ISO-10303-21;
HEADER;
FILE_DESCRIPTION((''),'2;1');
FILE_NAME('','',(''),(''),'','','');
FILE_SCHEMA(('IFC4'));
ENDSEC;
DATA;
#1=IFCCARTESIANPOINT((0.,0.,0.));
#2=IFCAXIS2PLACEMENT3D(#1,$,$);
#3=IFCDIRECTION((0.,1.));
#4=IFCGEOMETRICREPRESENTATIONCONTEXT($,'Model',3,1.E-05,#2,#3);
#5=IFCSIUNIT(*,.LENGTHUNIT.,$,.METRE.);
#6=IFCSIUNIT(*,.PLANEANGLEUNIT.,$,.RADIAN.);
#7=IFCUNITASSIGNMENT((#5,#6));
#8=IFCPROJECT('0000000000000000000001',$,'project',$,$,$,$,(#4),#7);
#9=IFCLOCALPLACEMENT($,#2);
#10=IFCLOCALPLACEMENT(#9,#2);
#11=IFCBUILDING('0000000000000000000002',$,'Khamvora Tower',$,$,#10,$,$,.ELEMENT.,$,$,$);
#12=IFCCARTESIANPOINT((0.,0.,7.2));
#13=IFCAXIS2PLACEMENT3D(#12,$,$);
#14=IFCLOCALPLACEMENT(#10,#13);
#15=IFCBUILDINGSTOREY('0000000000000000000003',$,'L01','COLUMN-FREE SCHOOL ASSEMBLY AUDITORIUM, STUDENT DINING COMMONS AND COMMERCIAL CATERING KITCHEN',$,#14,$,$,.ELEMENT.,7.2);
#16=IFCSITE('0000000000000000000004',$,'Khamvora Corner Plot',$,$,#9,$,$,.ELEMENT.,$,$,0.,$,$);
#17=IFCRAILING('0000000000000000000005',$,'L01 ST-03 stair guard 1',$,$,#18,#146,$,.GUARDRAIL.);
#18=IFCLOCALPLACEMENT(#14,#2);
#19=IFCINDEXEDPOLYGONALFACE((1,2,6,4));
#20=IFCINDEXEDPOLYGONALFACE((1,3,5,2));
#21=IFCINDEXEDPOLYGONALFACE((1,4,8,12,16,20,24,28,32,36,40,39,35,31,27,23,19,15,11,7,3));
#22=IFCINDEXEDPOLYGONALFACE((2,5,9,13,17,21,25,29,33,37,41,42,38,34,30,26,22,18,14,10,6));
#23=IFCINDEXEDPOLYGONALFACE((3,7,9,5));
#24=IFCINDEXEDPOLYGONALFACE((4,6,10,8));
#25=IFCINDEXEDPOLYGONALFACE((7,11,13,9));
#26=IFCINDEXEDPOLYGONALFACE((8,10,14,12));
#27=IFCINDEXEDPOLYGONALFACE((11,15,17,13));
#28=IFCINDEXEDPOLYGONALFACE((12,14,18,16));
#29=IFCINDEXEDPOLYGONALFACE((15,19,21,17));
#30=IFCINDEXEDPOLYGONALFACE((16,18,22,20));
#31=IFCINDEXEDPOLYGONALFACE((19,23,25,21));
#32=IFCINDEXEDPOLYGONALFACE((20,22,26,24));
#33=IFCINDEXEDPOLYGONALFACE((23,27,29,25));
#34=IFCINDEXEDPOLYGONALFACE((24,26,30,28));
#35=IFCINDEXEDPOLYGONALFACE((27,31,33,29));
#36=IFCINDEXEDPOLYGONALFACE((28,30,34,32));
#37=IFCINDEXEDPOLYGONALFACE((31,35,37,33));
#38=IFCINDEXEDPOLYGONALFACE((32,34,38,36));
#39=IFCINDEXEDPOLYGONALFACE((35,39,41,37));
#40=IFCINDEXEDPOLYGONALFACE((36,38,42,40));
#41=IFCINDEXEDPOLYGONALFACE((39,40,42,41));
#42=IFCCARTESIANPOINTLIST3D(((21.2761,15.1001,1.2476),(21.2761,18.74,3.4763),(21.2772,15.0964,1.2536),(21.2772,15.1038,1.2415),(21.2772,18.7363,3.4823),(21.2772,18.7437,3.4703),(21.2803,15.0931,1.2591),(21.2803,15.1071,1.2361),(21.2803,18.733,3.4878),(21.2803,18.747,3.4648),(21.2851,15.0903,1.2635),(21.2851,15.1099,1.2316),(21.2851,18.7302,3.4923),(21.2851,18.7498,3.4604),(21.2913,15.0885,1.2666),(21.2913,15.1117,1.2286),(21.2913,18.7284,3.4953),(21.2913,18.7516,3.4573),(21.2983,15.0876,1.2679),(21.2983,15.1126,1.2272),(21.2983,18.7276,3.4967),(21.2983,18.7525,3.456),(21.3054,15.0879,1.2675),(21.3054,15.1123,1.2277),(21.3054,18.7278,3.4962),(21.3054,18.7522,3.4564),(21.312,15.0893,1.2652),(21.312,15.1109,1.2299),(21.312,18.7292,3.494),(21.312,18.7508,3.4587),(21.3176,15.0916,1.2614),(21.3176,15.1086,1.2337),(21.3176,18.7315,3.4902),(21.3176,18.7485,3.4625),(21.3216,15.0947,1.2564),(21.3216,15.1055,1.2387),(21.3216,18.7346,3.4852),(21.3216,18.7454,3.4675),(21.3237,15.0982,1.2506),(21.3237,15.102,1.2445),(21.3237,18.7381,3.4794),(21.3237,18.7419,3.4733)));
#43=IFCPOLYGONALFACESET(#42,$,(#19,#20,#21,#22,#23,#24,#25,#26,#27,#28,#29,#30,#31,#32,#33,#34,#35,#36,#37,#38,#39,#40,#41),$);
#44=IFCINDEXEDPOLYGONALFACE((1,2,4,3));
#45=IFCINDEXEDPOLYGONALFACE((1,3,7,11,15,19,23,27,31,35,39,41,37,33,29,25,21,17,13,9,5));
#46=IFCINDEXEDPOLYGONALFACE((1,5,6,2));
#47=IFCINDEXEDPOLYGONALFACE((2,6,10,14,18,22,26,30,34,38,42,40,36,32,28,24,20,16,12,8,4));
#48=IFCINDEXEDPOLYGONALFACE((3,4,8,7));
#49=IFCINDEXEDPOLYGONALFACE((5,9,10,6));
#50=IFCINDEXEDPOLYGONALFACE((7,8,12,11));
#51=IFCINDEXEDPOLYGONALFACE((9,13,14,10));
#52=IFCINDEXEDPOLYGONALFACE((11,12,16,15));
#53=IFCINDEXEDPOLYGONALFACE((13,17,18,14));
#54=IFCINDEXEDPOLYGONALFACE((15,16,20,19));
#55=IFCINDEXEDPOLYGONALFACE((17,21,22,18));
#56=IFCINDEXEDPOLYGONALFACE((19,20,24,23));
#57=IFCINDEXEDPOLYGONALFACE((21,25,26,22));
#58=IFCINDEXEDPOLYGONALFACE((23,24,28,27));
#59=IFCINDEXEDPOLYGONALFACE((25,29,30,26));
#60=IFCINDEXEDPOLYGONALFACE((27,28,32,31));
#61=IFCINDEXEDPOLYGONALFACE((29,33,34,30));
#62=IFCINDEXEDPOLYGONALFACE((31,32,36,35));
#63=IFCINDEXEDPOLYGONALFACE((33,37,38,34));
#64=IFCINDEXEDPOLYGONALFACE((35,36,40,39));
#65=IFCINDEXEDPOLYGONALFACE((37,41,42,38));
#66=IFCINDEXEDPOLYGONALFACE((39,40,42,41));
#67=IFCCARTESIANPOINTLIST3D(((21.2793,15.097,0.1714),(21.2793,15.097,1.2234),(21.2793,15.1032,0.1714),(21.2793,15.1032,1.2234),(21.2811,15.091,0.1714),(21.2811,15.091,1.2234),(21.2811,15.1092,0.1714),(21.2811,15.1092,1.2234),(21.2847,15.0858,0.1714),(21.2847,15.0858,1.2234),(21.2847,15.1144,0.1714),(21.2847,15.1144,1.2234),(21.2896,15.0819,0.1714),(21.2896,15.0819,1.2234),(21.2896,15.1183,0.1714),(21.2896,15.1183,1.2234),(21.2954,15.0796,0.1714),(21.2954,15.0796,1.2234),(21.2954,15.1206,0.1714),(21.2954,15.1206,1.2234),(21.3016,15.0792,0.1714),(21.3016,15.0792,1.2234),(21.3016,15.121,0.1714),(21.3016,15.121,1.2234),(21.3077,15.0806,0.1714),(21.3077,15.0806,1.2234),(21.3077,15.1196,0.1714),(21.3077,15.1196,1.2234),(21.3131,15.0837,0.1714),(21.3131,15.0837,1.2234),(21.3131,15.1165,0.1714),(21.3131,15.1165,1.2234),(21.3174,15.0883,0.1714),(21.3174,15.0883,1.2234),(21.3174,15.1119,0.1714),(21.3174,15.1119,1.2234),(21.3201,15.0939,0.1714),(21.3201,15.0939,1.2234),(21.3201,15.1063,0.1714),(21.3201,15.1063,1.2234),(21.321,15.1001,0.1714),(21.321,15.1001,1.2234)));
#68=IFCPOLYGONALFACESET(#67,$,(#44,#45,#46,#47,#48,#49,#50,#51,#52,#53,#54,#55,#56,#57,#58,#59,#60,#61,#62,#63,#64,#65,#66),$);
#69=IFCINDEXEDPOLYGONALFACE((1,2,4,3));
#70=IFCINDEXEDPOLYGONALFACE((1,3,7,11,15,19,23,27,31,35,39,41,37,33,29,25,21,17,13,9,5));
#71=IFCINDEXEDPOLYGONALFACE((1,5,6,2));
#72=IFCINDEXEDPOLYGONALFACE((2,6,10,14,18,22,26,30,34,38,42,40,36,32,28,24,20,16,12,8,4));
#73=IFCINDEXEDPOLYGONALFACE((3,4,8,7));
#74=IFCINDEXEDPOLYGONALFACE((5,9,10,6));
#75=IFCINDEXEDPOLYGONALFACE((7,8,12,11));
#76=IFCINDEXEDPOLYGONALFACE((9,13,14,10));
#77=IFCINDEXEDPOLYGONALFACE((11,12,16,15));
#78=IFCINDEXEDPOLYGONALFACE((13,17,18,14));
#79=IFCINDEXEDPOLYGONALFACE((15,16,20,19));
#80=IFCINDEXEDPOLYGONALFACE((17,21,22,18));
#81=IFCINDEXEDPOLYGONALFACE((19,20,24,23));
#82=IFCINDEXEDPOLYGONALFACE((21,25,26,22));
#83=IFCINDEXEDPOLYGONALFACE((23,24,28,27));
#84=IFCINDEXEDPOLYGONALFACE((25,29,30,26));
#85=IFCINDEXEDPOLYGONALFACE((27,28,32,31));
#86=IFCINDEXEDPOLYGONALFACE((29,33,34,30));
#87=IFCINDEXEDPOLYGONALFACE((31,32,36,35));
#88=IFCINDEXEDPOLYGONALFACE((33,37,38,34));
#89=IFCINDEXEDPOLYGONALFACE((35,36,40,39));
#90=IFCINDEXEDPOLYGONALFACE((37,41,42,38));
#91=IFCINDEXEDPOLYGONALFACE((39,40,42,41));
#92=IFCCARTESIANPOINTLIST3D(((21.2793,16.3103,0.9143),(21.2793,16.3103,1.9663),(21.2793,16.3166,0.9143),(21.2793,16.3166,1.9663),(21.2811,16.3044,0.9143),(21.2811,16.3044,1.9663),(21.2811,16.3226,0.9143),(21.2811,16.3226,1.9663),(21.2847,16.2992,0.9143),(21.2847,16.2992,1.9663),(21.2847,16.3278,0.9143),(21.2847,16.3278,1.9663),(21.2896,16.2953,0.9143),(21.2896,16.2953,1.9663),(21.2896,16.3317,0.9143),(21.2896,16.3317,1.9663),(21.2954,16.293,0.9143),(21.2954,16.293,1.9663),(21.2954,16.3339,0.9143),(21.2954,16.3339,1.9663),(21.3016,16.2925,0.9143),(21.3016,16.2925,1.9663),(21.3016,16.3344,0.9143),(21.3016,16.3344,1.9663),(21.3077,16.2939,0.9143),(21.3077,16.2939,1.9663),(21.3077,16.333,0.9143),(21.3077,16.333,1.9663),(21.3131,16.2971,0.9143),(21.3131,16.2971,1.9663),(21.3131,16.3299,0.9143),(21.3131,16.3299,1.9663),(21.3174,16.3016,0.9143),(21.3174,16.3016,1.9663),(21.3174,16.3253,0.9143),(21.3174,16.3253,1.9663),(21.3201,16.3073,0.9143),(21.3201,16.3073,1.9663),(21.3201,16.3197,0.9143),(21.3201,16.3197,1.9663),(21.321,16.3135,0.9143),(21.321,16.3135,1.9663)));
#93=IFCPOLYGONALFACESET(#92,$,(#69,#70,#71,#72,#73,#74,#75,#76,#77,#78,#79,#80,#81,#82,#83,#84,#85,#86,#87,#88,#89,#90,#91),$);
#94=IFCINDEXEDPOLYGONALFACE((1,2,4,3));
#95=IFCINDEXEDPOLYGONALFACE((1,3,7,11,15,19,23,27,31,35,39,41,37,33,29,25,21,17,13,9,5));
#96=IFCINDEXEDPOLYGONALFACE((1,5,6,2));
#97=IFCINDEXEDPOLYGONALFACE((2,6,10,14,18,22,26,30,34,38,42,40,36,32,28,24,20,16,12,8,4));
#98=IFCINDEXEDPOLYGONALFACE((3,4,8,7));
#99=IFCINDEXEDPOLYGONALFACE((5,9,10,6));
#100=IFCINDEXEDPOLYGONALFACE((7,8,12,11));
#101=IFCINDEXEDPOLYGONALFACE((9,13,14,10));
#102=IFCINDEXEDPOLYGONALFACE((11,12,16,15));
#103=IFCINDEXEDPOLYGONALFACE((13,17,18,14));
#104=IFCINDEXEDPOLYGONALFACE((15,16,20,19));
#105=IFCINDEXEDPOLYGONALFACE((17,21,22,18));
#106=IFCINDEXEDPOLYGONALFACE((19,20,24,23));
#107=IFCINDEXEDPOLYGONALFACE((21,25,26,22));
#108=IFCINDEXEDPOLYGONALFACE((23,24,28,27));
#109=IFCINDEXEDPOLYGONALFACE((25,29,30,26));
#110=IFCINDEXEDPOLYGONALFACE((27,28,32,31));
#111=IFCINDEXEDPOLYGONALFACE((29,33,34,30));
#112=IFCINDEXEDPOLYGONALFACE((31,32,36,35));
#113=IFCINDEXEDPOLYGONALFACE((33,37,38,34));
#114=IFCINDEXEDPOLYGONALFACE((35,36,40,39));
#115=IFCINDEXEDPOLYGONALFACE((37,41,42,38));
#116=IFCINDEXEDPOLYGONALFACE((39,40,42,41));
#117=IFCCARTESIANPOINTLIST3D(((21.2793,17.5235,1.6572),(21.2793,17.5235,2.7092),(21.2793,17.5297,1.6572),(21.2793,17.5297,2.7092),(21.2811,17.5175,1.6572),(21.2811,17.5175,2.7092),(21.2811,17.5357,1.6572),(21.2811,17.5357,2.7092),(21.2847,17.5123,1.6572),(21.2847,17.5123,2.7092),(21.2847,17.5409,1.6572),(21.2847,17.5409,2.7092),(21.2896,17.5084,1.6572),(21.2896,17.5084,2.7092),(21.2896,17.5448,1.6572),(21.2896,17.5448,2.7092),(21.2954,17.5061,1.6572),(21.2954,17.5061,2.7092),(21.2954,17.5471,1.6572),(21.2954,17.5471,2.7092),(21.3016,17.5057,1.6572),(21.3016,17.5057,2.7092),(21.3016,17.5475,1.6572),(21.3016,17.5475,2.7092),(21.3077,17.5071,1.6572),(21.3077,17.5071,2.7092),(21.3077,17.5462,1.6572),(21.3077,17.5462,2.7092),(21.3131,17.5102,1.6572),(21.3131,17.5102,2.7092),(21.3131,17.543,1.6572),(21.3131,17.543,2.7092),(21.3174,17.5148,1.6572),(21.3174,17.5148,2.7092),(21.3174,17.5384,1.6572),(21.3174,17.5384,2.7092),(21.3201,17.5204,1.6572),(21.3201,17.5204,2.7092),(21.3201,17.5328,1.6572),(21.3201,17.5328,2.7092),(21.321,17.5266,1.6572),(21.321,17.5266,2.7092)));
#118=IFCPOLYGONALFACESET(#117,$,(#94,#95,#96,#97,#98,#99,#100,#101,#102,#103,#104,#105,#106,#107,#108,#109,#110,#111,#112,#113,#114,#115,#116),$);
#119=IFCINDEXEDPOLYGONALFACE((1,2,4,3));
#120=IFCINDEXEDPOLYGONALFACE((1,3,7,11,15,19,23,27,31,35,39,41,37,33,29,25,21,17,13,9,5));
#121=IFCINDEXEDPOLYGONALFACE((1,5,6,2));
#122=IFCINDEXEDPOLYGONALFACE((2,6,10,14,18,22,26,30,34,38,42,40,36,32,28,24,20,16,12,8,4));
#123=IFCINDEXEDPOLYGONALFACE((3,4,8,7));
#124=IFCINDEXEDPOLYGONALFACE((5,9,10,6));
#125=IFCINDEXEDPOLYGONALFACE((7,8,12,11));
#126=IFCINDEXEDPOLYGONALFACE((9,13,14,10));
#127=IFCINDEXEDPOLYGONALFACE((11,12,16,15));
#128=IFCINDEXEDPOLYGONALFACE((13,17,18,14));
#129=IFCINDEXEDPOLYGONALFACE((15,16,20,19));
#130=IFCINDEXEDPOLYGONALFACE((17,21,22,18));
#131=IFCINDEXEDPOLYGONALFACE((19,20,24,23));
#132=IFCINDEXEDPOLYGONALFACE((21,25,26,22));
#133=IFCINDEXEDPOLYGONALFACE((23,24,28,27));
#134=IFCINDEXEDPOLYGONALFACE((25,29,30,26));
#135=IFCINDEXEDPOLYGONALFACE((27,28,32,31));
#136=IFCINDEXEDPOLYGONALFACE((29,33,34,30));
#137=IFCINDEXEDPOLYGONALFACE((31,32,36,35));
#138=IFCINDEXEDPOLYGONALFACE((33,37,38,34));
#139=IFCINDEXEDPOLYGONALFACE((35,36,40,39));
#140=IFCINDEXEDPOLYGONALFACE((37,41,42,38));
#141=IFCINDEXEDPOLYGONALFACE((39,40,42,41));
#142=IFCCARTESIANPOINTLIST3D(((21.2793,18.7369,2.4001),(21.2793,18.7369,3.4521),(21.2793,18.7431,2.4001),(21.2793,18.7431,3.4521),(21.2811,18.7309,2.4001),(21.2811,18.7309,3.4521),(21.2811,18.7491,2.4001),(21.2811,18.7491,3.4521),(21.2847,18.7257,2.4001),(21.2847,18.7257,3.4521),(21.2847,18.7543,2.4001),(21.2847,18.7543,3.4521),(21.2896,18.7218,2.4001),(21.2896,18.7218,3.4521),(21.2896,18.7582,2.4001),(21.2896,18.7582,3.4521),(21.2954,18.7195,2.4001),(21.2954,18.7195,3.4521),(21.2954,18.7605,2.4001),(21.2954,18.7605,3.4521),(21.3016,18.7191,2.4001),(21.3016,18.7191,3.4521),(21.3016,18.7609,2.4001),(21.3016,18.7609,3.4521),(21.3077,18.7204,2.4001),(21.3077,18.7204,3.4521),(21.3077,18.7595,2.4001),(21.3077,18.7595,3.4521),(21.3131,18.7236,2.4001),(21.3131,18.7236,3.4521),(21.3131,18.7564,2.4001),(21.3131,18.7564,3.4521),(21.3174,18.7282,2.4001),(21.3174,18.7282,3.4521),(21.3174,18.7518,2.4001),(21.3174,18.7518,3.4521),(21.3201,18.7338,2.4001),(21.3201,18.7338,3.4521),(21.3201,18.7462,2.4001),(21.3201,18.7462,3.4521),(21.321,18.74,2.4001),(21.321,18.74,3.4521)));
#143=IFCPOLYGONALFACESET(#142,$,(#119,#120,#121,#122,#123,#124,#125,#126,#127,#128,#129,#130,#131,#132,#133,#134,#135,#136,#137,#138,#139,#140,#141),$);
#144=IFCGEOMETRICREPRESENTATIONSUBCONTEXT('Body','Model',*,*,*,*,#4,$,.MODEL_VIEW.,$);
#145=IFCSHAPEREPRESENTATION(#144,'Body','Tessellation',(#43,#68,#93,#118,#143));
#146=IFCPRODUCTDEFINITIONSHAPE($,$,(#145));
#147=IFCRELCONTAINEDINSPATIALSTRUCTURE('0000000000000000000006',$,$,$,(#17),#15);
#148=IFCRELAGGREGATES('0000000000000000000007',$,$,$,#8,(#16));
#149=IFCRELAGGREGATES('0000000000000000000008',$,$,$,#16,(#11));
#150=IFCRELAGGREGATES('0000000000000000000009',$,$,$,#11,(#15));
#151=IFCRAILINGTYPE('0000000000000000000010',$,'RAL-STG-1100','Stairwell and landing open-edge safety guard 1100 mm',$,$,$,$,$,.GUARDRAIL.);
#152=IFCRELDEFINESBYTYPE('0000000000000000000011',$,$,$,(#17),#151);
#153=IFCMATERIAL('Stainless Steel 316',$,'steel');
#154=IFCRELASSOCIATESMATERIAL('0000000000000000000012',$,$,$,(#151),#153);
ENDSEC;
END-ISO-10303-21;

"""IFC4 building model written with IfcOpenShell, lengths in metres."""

from ifc_helpers import new_model, si_unit, direction, frame, origin, origin_2d, place, context, subcontext, project, spatial, circle, extrude, material, type_object, element, save


model = new_model("IFC4")

# Units and contexts
model_context = context("Model", 3, precision=1e-05, world=origin(), true_north=direction((0.0, 1.0)))
body_context = subcontext(model_context, "Body", "Model", "MODEL_VIEW")
ifc_project = project(units=[si_unit("LENGTHUNIT", "METRE"), si_unit("PLANEANGLEUNIT", "RADIAN")], contexts=[model_context])

# Site, building, storey
site_placement = place(None, origin())
site = spatial("IfcSite", under=ifc_project, at=site_placement, Name="Khamvora Corner Plot", CompositionType="ELEMENT", RefElevation=0.0)
building_placement = place(site_placement, origin())
building = spatial("IfcBuilding", under=site, at=building_placement, Name="Khamvora Tower", CompositionType="ELEMENT")
storey_placement = place(building_placement, frame((0.0, 0.0, 7.2)))
storey = spatial("IfcBuildingStorey", under=building, at=storey_placement, Name="L01", Description="COLUMN-FREE SCHOOL ASSEMBLY AUDITORIUM, STUDENT DINING COMMONS AND COMMERCIAL CATERING KITCHEN", CompositionType="ELEMENT", Elevation=7.2)

# Railing
ifc_material_1 = material(Name="Stainless Steel 316", Category="steel")
railing_type_1 = type_object("IfcRailingType", Name="RAL-STG-1100", Description="Stairwell and landing open-edge safety guard 1100 mm", PredefinedType="GUARDRAIL", material=ifc_material_1)
railing_1_placement = place(storey_placement, frame((21.3, 15.1001, 0.1714)))
element("IfcRailing", 1, at=railing_1_placement, inside=storey, type_object=railing_type_1, Name="L01 ST-03 stair guard 1", PredefinedType="GUARDRAIL", context=body_context, shape_type="SweptSolid", body=[
    extrude(circle(Radius=0.0239, at=origin_2d()), frame((0.0, 0.0, 1.0762), z_axis=(0.0, 0.852825, 0.522197), x_axis=(-1.0, 0.0, 0.0)), (0.0, 0.0, 1.0), 4.2681),
    extrude(circle(Radius=0.021, at=origin_2d()), origin(), (0.0, 0.0, 1.0), 1.052),
    extrude(circle(Radius=0.021, at=origin_2d()), frame((0.0, 1.2134, 0.7429)), (0.0, 0.0, 1.0), 1.052),
    extrude(circle(Radius=0.021, at=origin_2d()), frame((0.0, 2.4265, 1.4858)), (0.0, 0.0, 1.0), 1.052),
    extrude(circle(Radius=0.021, at=origin_2d()), frame((0.0, 3.6399, 2.2288)), (0.0, 0.0, 1.0), 1.052),
])

save(model, "model.ifc")
